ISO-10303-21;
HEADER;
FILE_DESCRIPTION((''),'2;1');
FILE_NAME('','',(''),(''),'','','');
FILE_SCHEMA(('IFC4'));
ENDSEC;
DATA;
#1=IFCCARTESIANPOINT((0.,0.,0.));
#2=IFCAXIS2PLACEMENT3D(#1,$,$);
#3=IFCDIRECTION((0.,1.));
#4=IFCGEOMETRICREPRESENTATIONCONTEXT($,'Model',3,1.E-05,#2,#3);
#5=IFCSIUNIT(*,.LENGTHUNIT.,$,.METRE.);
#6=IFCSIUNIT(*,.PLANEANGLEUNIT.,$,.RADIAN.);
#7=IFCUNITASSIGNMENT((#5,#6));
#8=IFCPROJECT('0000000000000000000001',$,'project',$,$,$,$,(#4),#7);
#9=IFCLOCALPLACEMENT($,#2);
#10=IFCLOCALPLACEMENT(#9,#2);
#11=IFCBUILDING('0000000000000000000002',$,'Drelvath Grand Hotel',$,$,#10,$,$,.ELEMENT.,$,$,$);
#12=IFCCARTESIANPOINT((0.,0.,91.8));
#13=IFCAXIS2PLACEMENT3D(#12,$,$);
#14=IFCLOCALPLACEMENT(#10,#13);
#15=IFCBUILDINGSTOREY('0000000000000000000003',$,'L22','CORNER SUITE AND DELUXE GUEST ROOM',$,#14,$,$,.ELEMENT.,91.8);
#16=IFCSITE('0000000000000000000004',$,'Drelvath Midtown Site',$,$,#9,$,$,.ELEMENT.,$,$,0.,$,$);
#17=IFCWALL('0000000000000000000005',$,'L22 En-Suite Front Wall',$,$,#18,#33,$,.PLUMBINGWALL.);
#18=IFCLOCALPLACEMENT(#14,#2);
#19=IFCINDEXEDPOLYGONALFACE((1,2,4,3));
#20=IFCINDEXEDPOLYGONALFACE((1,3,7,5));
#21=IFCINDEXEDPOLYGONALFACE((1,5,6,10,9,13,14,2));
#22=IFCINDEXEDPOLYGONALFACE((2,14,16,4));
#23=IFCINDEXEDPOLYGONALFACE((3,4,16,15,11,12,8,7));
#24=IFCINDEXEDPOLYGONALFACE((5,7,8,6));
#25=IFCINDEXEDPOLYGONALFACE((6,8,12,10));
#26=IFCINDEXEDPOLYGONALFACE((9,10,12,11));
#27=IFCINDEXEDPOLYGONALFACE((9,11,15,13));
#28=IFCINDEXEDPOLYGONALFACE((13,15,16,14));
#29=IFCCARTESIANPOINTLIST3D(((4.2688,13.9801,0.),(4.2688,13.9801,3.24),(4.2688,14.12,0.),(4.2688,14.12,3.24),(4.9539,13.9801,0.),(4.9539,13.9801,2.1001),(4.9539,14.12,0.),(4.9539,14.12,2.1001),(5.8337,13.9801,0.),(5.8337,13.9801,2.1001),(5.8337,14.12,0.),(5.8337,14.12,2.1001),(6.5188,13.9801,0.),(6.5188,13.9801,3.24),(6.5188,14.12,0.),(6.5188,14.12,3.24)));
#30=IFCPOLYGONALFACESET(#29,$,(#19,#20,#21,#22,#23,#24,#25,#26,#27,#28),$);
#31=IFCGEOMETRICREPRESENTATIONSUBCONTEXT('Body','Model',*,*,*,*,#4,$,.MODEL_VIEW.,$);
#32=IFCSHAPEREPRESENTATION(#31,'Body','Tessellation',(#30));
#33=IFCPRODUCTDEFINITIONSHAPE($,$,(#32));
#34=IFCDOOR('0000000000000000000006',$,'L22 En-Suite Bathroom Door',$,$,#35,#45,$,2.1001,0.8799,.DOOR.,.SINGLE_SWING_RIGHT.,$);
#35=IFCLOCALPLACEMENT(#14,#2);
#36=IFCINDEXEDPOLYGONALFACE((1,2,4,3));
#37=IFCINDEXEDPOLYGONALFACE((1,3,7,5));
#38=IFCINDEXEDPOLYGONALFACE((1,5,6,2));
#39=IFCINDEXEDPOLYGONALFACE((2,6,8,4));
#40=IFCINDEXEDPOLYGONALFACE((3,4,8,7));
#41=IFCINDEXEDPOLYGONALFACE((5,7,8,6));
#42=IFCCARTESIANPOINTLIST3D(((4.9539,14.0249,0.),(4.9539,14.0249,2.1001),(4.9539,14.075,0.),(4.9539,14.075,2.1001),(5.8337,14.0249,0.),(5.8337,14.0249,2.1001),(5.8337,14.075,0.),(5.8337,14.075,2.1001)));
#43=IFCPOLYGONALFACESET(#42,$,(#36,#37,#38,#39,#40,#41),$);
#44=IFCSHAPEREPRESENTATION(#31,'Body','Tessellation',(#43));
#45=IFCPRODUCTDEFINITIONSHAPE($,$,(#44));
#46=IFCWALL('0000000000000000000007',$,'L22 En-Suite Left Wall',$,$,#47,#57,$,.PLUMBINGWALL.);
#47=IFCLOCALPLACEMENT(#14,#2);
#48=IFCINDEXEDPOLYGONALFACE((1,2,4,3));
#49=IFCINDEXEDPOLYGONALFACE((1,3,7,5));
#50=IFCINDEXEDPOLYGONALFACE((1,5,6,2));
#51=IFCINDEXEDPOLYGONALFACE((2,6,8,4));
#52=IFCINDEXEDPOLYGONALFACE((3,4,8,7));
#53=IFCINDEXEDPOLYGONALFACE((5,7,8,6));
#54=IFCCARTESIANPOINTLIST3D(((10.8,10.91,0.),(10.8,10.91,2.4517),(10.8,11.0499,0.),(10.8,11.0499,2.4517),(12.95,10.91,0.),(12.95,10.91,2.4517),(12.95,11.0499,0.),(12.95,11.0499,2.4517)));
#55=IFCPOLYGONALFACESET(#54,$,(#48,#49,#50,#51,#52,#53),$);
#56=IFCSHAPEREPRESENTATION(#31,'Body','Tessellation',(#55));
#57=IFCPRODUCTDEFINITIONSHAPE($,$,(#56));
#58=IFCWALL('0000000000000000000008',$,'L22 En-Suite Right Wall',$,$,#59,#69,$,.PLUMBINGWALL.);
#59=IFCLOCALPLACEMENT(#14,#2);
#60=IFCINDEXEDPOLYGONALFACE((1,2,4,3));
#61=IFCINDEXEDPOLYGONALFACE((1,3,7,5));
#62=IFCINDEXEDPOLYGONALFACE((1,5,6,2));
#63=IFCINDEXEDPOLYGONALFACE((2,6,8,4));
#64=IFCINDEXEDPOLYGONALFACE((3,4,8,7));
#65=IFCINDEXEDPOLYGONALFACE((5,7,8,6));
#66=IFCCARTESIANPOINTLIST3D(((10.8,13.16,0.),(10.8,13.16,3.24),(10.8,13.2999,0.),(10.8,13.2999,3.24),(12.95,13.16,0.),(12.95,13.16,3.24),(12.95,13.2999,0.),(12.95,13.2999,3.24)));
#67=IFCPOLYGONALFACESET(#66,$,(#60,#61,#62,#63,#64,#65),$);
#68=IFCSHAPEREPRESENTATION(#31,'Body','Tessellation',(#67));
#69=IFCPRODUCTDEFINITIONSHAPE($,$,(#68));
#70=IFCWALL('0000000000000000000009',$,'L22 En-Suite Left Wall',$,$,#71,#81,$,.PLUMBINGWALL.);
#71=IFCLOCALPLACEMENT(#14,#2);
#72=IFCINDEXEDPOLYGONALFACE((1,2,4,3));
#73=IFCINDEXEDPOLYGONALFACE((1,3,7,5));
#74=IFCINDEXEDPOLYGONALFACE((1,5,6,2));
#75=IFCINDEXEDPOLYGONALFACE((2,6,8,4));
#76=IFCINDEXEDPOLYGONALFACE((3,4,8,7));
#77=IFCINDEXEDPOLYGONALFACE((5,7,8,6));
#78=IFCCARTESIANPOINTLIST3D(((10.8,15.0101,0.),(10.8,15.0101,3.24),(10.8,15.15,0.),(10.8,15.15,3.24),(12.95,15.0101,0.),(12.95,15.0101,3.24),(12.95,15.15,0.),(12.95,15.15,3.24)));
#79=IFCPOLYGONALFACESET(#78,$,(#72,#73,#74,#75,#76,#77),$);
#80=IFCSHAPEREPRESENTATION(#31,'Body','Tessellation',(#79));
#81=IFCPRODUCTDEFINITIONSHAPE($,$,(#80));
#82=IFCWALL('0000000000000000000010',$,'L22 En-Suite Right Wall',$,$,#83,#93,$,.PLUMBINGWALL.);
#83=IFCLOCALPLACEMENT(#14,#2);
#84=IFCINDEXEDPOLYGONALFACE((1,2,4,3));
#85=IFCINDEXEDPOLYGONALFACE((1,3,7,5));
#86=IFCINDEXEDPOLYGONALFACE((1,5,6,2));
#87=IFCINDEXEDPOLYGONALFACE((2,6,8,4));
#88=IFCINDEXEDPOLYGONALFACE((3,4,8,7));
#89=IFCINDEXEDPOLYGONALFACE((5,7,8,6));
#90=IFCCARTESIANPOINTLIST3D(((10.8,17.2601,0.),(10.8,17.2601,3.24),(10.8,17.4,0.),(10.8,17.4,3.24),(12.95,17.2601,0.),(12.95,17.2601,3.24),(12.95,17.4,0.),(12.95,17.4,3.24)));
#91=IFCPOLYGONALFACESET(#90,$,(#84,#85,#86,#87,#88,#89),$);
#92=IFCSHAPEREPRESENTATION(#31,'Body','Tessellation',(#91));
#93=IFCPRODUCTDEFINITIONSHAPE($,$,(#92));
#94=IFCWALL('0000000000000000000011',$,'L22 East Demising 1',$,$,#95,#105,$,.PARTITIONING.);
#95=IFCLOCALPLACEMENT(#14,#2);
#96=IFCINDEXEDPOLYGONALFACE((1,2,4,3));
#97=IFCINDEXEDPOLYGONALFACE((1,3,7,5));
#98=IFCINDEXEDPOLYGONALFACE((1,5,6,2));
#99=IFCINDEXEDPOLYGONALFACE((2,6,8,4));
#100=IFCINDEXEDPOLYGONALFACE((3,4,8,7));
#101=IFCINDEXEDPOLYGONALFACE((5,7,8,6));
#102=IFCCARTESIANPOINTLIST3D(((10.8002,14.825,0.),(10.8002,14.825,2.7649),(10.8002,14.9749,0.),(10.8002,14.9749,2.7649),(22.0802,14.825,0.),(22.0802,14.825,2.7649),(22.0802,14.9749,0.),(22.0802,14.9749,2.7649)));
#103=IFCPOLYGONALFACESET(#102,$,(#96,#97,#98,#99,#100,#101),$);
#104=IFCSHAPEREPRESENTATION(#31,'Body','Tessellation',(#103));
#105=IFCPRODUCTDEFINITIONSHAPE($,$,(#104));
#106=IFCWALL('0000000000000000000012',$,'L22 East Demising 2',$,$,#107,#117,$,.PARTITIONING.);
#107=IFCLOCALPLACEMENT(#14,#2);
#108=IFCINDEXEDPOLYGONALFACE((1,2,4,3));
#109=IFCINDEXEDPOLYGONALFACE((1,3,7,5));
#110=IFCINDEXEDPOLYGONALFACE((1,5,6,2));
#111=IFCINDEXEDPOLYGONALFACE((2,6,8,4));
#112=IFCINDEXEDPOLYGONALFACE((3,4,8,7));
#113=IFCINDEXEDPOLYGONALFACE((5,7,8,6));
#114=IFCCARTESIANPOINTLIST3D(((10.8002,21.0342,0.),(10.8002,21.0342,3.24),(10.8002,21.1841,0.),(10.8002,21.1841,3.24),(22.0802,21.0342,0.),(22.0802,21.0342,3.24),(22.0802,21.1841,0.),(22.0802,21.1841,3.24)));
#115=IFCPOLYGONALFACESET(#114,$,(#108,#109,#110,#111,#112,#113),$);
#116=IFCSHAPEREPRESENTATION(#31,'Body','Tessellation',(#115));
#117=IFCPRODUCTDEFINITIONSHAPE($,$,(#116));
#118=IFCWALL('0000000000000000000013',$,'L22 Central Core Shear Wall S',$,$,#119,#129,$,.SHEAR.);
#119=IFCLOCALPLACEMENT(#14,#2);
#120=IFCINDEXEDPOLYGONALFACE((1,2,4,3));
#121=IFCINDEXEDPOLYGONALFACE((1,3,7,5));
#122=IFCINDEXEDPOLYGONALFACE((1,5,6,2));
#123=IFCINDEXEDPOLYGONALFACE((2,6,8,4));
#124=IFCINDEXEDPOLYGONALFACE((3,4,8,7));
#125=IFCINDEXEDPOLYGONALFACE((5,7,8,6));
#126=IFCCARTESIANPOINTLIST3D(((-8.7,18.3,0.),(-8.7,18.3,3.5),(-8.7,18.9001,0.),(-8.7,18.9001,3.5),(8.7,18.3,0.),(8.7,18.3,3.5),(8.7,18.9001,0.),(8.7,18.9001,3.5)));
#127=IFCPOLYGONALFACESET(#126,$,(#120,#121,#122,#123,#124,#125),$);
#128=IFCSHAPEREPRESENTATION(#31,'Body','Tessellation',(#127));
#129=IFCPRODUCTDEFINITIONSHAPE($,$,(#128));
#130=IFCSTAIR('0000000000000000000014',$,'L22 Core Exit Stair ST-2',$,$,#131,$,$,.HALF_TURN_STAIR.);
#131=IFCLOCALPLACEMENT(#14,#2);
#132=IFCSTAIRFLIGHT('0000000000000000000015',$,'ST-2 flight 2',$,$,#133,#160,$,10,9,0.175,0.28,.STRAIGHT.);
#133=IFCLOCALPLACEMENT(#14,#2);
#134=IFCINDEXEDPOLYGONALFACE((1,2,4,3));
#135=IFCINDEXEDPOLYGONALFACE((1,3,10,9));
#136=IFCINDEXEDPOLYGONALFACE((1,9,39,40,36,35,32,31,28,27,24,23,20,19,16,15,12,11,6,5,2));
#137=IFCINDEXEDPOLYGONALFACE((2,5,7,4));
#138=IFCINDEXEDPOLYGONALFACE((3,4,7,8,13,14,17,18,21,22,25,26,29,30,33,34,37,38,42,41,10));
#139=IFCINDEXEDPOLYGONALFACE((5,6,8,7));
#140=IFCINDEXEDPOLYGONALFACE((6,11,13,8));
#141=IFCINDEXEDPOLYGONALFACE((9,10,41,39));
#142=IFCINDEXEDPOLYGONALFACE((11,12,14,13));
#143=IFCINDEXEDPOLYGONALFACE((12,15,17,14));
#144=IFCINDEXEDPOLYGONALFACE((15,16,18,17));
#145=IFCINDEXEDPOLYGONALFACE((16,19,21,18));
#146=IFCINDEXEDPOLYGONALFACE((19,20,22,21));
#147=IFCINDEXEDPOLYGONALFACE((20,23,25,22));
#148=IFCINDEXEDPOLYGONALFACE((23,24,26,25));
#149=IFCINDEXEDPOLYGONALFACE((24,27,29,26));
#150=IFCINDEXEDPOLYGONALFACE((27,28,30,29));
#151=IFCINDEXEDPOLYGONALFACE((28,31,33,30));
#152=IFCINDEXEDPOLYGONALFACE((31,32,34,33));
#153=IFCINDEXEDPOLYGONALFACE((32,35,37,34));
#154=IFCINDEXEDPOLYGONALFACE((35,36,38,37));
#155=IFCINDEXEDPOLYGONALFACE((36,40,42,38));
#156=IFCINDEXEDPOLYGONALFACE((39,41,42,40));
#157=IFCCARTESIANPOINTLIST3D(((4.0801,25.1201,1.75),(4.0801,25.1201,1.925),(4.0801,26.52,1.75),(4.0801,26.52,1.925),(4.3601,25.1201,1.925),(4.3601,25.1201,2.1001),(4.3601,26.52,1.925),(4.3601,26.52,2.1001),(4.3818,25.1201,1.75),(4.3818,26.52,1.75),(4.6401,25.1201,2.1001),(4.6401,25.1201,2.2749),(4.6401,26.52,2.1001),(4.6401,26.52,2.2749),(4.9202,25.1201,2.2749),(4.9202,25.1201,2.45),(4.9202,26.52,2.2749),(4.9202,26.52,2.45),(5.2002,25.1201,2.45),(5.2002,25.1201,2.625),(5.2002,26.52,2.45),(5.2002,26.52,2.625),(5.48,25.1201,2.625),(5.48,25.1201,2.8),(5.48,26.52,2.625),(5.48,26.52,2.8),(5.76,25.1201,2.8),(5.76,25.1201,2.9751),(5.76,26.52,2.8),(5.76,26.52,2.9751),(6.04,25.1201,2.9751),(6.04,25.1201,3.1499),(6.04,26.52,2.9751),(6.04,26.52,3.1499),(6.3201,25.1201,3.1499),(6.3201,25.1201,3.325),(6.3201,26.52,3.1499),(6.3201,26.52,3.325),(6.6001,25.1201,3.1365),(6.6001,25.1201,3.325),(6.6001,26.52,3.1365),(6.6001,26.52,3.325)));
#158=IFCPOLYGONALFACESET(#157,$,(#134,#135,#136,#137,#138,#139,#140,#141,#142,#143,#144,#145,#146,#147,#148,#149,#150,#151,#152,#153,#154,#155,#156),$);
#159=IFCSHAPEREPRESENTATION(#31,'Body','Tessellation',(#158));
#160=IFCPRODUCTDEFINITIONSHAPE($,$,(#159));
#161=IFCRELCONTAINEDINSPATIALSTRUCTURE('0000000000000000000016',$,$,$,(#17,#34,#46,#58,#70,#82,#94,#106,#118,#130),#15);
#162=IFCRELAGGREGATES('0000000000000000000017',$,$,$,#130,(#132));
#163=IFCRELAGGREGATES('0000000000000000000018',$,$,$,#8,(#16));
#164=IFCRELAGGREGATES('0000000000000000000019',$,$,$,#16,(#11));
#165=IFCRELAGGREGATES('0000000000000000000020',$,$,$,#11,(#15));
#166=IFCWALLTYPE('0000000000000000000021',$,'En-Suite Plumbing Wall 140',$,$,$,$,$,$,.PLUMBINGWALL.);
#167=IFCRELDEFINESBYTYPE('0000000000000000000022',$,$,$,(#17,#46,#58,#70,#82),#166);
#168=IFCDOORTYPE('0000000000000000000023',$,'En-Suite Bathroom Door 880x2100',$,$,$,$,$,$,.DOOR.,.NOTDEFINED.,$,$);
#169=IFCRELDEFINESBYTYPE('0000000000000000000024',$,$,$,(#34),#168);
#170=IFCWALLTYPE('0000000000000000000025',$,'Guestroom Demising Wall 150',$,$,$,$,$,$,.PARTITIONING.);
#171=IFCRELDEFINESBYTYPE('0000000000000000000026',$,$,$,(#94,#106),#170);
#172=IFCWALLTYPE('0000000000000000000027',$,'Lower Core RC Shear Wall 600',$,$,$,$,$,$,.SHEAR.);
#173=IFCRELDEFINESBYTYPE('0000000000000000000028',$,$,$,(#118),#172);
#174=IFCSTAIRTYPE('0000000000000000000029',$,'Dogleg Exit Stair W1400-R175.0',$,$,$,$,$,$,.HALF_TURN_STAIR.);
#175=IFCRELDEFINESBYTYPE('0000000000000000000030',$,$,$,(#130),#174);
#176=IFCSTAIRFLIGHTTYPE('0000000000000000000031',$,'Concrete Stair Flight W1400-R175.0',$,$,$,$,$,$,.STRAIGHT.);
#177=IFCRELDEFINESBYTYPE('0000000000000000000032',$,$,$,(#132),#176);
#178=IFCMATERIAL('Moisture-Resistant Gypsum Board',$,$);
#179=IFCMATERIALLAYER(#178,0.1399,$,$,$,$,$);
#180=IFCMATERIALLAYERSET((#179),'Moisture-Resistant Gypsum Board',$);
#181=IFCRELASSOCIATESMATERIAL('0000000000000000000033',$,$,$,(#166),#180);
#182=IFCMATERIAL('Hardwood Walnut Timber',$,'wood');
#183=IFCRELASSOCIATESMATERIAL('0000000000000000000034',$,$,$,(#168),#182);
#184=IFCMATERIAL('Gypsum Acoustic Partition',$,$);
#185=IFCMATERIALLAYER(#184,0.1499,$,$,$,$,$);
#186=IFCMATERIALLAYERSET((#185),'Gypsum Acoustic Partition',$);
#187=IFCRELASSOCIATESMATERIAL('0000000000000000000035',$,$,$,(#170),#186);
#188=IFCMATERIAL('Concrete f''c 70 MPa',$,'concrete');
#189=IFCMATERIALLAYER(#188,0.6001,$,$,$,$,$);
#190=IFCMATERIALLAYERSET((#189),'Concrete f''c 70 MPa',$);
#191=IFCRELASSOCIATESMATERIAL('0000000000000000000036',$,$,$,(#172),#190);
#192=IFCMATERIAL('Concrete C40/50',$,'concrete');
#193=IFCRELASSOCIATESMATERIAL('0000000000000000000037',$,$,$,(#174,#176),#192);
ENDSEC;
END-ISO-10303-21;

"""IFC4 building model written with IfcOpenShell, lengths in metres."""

from ifc_helpers import new_model, si_unit, direction, frame, frame_2d, origin, place, context, subcontext, project, spatial, polyline, rectangle, outline, extrude, material, layer, layer_set, type_object, element, fill, aggregate, save


model = new_model("IFC4")

# Units and contexts
model_context = context("Model", 3, precision=1e-05, world=origin(), true_north=direction((0.0, 1.0)))
body_context = subcontext(model_context, "Body", "Model", "MODEL_VIEW")
ifc_project = project(units=[si_unit("LENGTHUNIT", "METRE"), si_unit("PLANEANGLEUNIT", "RADIAN")], contexts=[model_context])

# Site, building, storey
site_placement = place(None, origin())
site = spatial("IfcSite", under=ifc_project, at=site_placement, Name="Drelvath Midtown Site", CompositionType="ELEMENT", RefElevation=0.0)
building_placement = place(site_placement, origin())
building = spatial("IfcBuilding", under=site, at=building_placement, Name="Drelvath Grand Hotel", CompositionType="ELEMENT")
storey_placement = place(building_placement, frame((0.0, 0.0, 91.8)))
storey = spatial("IfcBuildingStorey", under=building, at=storey_placement, Name="L22", Description="CORNER SUITE AND DELUXE GUEST ROOM", CompositionType="ELEMENT", Elevation=91.8)

# Shared definitions
ifc_material_1 = material(Name="Concrete f'c 70 MPa", Category="concrete")

# Shared definitions
ifc_material_2 = material(Name="Concrete C40/50", Category="concrete")

# Shared definitions
ifc_material_3 = material(Name="Moisture-Resistant Gypsum Board")
ifc_layer_1 = layer(ifc_material_3, 0.1399)
ifc_layer_set_1 = layer_set([ifc_layer_1], Name="Moisture-Resistant Gypsum Board")
wall_type_1 = type_object("IfcWallType", Name="En-Suite Plumbing Wall 140", PredefinedType="PLUMBINGWALL", material=ifc_layer_set_1)

# Wall, opening, door
wall_1_placement = place(storey_placement, frame((4.2688, 14.05, 0.0), z_axis=(0.0, 0.0, 1.0), x_axis=(1.0, 0.0, 0.0)))
wall_1 = element("IfcWall", 1, at=wall_1_placement, inside=storey, type_object=wall_type_1, Name="L22 En-Suite Front Wall", PredefinedType="PLUMBINGWALL", context=body_context, shape_type="SweptSolid", body=[
    extrude(rectangle(XDim=2.25, YDim=0.1399, at=frame_2d((1.125, 0.0))), origin(), (0.0, 0.0, 1.0), 3.24),
])
opening_1_placement = place(wall_1_placement, frame((0.6851, 0.0, 0.0)))
opening_1 = element("IfcOpeningElement", 2, at=opening_1_placement, cuts=wall_1, PredefinedType="OPENING", context=body_context, shape_type="SweptSolid", body=[
    extrude(rectangle(XDim=0.8799, YDim=2.1001, at=frame_2d((0.4399, 1.05))), frame((0.0, 0.0798, 0.0), z_axis=(0.0, -1.0, 0.0), x_axis=(1.0, 0.0, 0.0)), (0.0, 0.0, 1.0), 0.1599),
])
ifc_material_4 = material(Name="Hardwood Walnut Timber", Category="wood")
door_type_1 = type_object("IfcDoorType", Name="En-Suite Bathroom Door 880x2100", OperationType="NOTDEFINED", PredefinedType="DOOR", material=ifc_material_4)
door_1_placement = place(opening_1_placement, origin())
door_1 = element("IfcDoor", 3, at=door_1_placement, inside=storey, type_object=door_type_1, Name="L22 En-Suite Bathroom Door", OperationType="SINGLE_SWING_RIGHT", OverallHeight=2.1001, OverallWidth=0.8799, PredefinedType="DOOR", context=body_context, shape_type="SweptSolid", body=[
    extrude(rectangle(XDim=0.8799, YDim=2.1001, at=frame_2d((0.4399, 1.05))), frame((0.0, 0.0249, 0.0), z_axis=(0.0, -1.0, 0.0), x_axis=(1.0, 0.0, 0.0)), (0.0, 0.0, 1.0), 0.05),
])
fill(opening_1, door_1)

# Walls
wall_2_placement = place(storey_placement, frame((10.8, 10.98, 0.0), z_axis=(0.0, 0.0, 1.0), x_axis=(1.0, 0.0, 0.0)))
element("IfcWall", 4, at=wall_2_placement, inside=storey, type_object=wall_type_1, Name="L22 En-Suite Left Wall", PredefinedType="PLUMBINGWALL", context=body_context, shape_type="SweptSolid", body=[
    extrude(rectangle(XDim=2.1499, YDim=0.1399, at=frame_2d((1.075, 0.0))), origin(), (0.0, 0.0, 1.0), 2.4517),
])
for number, where, z_axis, x_axis, name in (
    (5, (10.8, 13.23, 0.0), (0.0, 0.0, 1.0), (1.0, 0.0, 0.0), "L22 En-Suite Right Wall"),
    (6, (10.8, 15.0801, 0.0), (0.0, 0.0, 1.0), (1.0, 0.0, 0.0), "L22 En-Suite Left Wall"),
    (7, (10.8, 17.3301, 0.0), (0.0, 0.0, 1.0), (1.0, 0.0, 0.0), "L22 En-Suite Right Wall"),
):
    element("IfcWall", number, at=place(storey_placement, frame(where, z_axis=z_axis, x_axis=x_axis)), inside=storey, type_object=wall_type_1, Name=name, PredefinedType="PLUMBINGWALL", context=body_context, shape_type="SweptSolid", body=[
        extrude(rectangle(XDim=2.1499, YDim=0.1399, at=frame_2d((1.075, 0.0))), origin(), (0.0, 0.0, 1.0), 3.24),
    ])
ifc_material_5 = material(Name="Gypsum Acoustic Partition")
ifc_layer_2 = layer(ifc_material_5, 0.1499)
ifc_layer_set_2 = layer_set([ifc_layer_2], Name="Gypsum Acoustic Partition")
wall_type_2 = type_object("IfcWallType", Name="Guestroom Demising Wall 150", PredefinedType="PARTITIONING", material=ifc_layer_set_2)
wall_3_placement = place(storey_placement, frame((10.8, 14.8999, 0.0), z_axis=(0.0, 0.0, 1.0), x_axis=(1.0, 0.0, 0.0)))
element("IfcWall", 8, at=wall_3_placement, inside=storey, type_object=wall_type_2, Name="L22 East Demising 1", PredefinedType="PARTITIONING", context=body_context, shape_type="SweptSolid", body=[
    extrude(rectangle(XDim=11.28, YDim=0.1499, at=frame_2d((5.6401, 0.0))), origin(), (0.0, 0.0, 1.0), 2.7649),
])
wall_4_placement = place(storey_placement, frame((10.8, 21.1091, 0.0), z_axis=(0.0, 0.0, 1.0), x_axis=(1.0, 0.0, 0.0)))
element("IfcWall", 9, at=wall_4_placement, inside=storey, type_object=wall_type_2, Name="L22 East Demising 2", PredefinedType="PARTITIONING", context=body_context, shape_type="SweptSolid", body=[
    extrude(rectangle(XDim=11.28, YDim=0.1499, at=frame_2d((5.6401, 0.0))), origin(), (0.0, 0.0, 1.0), 3.24),
])
ifc_layer_3 = layer(ifc_material_1, 0.6001)
ifc_layer_set_3 = layer_set([ifc_layer_3], Name="Concrete f'c 70 MPa")
wall_type_3 = type_object("IfcWallType", Name="Lower Core RC Shear Wall 600", PredefinedType="SHEAR", material=ifc_layer_set_3)
wall_5_placement = place(storey_placement, frame((8.7, 18.6001, 0.0), z_axis=(0.0, 0.0, 1.0), x_axis=(-1.0, 0.0, 0.0)))
element("IfcWall", 10, at=wall_5_placement, inside=storey, type_object=wall_type_3, Name="L22 Central Core Shear Wall S", PredefinedType="SHEAR", context=body_context, shape_type="SweptSolid", body=[
    extrude(rectangle(XDim=17.3999, YDim=0.6001, at=frame_2d((8.7, 0.0))), origin(), (0.0, 0.0, 1.0), 3.5),
])

# Stair, stair flight
stair_type = type_object("IfcStairType", Name="Dogleg Exit Stair W1400-R175.0", PredefinedType="HALF_TURN_STAIR", material=ifc_material_2)
stair_placement = place(storey_placement, origin())
stair = element("IfcStair", 11, at=stair_placement, inside=storey, type_object=stair_type, Name="L22 Core Exit Stair ST-2", PredefinedType="HALF_TURN_STAIR")
stair_flight_type = type_object("IfcStairFlightType", Name="Concrete Stair Flight W1400-R175.0", PredefinedType="STRAIGHT", material=ifc_material_2)
stair_flight_placement = place(storey_placement, frame((4.0801, 25.8201, 1.75), z_axis=(0.0, 0.0, 1.0), x_axis=(1.0, 0.0, 0.0)))
stair_flight = element("IfcStairFlight", 12, at=stair_flight_placement, type_object=stair_flight_type, Name="ST-2 flight 2", NumberOfRisers=10, NumberOfTreads=9, PredefinedType="STRAIGHT", RiserHeight=0.175, TreadLength=0.28, context=body_context, shape_type="SweptSolid", body=[
    extrude(outline(polyline([(0.0, 0.0), (0.0, 0.175), (0.28, 0.175), (0.28, 0.3501), (0.5601, 0.3501), (0.5601, 0.5249), (0.8401, 0.5249), (0.8401, 0.7), (1.1201, 0.7), (1.1201, 0.875), (1.3999, 0.875), (1.3999, 1.05), (1.6799, 1.05), (1.6799, 1.2251), (1.96, 1.2251), (1.96, 1.3999), (2.24, 1.3999), (2.24, 1.575), (2.52, 1.575), (2.52, 1.75), (2.52, 1.3865), (0.3018, 0.0), (0.0, 0.0)])), frame((0.0, 0.7, 0.0), z_axis=(0.0, -1.0, 0.0), x_axis=(1.0, 0.0, 0.0)), (0.0, 0.0, 1.0), 1.3999),
])
aggregate(stair, [stair_flight])

save(model, "model.ifc")
